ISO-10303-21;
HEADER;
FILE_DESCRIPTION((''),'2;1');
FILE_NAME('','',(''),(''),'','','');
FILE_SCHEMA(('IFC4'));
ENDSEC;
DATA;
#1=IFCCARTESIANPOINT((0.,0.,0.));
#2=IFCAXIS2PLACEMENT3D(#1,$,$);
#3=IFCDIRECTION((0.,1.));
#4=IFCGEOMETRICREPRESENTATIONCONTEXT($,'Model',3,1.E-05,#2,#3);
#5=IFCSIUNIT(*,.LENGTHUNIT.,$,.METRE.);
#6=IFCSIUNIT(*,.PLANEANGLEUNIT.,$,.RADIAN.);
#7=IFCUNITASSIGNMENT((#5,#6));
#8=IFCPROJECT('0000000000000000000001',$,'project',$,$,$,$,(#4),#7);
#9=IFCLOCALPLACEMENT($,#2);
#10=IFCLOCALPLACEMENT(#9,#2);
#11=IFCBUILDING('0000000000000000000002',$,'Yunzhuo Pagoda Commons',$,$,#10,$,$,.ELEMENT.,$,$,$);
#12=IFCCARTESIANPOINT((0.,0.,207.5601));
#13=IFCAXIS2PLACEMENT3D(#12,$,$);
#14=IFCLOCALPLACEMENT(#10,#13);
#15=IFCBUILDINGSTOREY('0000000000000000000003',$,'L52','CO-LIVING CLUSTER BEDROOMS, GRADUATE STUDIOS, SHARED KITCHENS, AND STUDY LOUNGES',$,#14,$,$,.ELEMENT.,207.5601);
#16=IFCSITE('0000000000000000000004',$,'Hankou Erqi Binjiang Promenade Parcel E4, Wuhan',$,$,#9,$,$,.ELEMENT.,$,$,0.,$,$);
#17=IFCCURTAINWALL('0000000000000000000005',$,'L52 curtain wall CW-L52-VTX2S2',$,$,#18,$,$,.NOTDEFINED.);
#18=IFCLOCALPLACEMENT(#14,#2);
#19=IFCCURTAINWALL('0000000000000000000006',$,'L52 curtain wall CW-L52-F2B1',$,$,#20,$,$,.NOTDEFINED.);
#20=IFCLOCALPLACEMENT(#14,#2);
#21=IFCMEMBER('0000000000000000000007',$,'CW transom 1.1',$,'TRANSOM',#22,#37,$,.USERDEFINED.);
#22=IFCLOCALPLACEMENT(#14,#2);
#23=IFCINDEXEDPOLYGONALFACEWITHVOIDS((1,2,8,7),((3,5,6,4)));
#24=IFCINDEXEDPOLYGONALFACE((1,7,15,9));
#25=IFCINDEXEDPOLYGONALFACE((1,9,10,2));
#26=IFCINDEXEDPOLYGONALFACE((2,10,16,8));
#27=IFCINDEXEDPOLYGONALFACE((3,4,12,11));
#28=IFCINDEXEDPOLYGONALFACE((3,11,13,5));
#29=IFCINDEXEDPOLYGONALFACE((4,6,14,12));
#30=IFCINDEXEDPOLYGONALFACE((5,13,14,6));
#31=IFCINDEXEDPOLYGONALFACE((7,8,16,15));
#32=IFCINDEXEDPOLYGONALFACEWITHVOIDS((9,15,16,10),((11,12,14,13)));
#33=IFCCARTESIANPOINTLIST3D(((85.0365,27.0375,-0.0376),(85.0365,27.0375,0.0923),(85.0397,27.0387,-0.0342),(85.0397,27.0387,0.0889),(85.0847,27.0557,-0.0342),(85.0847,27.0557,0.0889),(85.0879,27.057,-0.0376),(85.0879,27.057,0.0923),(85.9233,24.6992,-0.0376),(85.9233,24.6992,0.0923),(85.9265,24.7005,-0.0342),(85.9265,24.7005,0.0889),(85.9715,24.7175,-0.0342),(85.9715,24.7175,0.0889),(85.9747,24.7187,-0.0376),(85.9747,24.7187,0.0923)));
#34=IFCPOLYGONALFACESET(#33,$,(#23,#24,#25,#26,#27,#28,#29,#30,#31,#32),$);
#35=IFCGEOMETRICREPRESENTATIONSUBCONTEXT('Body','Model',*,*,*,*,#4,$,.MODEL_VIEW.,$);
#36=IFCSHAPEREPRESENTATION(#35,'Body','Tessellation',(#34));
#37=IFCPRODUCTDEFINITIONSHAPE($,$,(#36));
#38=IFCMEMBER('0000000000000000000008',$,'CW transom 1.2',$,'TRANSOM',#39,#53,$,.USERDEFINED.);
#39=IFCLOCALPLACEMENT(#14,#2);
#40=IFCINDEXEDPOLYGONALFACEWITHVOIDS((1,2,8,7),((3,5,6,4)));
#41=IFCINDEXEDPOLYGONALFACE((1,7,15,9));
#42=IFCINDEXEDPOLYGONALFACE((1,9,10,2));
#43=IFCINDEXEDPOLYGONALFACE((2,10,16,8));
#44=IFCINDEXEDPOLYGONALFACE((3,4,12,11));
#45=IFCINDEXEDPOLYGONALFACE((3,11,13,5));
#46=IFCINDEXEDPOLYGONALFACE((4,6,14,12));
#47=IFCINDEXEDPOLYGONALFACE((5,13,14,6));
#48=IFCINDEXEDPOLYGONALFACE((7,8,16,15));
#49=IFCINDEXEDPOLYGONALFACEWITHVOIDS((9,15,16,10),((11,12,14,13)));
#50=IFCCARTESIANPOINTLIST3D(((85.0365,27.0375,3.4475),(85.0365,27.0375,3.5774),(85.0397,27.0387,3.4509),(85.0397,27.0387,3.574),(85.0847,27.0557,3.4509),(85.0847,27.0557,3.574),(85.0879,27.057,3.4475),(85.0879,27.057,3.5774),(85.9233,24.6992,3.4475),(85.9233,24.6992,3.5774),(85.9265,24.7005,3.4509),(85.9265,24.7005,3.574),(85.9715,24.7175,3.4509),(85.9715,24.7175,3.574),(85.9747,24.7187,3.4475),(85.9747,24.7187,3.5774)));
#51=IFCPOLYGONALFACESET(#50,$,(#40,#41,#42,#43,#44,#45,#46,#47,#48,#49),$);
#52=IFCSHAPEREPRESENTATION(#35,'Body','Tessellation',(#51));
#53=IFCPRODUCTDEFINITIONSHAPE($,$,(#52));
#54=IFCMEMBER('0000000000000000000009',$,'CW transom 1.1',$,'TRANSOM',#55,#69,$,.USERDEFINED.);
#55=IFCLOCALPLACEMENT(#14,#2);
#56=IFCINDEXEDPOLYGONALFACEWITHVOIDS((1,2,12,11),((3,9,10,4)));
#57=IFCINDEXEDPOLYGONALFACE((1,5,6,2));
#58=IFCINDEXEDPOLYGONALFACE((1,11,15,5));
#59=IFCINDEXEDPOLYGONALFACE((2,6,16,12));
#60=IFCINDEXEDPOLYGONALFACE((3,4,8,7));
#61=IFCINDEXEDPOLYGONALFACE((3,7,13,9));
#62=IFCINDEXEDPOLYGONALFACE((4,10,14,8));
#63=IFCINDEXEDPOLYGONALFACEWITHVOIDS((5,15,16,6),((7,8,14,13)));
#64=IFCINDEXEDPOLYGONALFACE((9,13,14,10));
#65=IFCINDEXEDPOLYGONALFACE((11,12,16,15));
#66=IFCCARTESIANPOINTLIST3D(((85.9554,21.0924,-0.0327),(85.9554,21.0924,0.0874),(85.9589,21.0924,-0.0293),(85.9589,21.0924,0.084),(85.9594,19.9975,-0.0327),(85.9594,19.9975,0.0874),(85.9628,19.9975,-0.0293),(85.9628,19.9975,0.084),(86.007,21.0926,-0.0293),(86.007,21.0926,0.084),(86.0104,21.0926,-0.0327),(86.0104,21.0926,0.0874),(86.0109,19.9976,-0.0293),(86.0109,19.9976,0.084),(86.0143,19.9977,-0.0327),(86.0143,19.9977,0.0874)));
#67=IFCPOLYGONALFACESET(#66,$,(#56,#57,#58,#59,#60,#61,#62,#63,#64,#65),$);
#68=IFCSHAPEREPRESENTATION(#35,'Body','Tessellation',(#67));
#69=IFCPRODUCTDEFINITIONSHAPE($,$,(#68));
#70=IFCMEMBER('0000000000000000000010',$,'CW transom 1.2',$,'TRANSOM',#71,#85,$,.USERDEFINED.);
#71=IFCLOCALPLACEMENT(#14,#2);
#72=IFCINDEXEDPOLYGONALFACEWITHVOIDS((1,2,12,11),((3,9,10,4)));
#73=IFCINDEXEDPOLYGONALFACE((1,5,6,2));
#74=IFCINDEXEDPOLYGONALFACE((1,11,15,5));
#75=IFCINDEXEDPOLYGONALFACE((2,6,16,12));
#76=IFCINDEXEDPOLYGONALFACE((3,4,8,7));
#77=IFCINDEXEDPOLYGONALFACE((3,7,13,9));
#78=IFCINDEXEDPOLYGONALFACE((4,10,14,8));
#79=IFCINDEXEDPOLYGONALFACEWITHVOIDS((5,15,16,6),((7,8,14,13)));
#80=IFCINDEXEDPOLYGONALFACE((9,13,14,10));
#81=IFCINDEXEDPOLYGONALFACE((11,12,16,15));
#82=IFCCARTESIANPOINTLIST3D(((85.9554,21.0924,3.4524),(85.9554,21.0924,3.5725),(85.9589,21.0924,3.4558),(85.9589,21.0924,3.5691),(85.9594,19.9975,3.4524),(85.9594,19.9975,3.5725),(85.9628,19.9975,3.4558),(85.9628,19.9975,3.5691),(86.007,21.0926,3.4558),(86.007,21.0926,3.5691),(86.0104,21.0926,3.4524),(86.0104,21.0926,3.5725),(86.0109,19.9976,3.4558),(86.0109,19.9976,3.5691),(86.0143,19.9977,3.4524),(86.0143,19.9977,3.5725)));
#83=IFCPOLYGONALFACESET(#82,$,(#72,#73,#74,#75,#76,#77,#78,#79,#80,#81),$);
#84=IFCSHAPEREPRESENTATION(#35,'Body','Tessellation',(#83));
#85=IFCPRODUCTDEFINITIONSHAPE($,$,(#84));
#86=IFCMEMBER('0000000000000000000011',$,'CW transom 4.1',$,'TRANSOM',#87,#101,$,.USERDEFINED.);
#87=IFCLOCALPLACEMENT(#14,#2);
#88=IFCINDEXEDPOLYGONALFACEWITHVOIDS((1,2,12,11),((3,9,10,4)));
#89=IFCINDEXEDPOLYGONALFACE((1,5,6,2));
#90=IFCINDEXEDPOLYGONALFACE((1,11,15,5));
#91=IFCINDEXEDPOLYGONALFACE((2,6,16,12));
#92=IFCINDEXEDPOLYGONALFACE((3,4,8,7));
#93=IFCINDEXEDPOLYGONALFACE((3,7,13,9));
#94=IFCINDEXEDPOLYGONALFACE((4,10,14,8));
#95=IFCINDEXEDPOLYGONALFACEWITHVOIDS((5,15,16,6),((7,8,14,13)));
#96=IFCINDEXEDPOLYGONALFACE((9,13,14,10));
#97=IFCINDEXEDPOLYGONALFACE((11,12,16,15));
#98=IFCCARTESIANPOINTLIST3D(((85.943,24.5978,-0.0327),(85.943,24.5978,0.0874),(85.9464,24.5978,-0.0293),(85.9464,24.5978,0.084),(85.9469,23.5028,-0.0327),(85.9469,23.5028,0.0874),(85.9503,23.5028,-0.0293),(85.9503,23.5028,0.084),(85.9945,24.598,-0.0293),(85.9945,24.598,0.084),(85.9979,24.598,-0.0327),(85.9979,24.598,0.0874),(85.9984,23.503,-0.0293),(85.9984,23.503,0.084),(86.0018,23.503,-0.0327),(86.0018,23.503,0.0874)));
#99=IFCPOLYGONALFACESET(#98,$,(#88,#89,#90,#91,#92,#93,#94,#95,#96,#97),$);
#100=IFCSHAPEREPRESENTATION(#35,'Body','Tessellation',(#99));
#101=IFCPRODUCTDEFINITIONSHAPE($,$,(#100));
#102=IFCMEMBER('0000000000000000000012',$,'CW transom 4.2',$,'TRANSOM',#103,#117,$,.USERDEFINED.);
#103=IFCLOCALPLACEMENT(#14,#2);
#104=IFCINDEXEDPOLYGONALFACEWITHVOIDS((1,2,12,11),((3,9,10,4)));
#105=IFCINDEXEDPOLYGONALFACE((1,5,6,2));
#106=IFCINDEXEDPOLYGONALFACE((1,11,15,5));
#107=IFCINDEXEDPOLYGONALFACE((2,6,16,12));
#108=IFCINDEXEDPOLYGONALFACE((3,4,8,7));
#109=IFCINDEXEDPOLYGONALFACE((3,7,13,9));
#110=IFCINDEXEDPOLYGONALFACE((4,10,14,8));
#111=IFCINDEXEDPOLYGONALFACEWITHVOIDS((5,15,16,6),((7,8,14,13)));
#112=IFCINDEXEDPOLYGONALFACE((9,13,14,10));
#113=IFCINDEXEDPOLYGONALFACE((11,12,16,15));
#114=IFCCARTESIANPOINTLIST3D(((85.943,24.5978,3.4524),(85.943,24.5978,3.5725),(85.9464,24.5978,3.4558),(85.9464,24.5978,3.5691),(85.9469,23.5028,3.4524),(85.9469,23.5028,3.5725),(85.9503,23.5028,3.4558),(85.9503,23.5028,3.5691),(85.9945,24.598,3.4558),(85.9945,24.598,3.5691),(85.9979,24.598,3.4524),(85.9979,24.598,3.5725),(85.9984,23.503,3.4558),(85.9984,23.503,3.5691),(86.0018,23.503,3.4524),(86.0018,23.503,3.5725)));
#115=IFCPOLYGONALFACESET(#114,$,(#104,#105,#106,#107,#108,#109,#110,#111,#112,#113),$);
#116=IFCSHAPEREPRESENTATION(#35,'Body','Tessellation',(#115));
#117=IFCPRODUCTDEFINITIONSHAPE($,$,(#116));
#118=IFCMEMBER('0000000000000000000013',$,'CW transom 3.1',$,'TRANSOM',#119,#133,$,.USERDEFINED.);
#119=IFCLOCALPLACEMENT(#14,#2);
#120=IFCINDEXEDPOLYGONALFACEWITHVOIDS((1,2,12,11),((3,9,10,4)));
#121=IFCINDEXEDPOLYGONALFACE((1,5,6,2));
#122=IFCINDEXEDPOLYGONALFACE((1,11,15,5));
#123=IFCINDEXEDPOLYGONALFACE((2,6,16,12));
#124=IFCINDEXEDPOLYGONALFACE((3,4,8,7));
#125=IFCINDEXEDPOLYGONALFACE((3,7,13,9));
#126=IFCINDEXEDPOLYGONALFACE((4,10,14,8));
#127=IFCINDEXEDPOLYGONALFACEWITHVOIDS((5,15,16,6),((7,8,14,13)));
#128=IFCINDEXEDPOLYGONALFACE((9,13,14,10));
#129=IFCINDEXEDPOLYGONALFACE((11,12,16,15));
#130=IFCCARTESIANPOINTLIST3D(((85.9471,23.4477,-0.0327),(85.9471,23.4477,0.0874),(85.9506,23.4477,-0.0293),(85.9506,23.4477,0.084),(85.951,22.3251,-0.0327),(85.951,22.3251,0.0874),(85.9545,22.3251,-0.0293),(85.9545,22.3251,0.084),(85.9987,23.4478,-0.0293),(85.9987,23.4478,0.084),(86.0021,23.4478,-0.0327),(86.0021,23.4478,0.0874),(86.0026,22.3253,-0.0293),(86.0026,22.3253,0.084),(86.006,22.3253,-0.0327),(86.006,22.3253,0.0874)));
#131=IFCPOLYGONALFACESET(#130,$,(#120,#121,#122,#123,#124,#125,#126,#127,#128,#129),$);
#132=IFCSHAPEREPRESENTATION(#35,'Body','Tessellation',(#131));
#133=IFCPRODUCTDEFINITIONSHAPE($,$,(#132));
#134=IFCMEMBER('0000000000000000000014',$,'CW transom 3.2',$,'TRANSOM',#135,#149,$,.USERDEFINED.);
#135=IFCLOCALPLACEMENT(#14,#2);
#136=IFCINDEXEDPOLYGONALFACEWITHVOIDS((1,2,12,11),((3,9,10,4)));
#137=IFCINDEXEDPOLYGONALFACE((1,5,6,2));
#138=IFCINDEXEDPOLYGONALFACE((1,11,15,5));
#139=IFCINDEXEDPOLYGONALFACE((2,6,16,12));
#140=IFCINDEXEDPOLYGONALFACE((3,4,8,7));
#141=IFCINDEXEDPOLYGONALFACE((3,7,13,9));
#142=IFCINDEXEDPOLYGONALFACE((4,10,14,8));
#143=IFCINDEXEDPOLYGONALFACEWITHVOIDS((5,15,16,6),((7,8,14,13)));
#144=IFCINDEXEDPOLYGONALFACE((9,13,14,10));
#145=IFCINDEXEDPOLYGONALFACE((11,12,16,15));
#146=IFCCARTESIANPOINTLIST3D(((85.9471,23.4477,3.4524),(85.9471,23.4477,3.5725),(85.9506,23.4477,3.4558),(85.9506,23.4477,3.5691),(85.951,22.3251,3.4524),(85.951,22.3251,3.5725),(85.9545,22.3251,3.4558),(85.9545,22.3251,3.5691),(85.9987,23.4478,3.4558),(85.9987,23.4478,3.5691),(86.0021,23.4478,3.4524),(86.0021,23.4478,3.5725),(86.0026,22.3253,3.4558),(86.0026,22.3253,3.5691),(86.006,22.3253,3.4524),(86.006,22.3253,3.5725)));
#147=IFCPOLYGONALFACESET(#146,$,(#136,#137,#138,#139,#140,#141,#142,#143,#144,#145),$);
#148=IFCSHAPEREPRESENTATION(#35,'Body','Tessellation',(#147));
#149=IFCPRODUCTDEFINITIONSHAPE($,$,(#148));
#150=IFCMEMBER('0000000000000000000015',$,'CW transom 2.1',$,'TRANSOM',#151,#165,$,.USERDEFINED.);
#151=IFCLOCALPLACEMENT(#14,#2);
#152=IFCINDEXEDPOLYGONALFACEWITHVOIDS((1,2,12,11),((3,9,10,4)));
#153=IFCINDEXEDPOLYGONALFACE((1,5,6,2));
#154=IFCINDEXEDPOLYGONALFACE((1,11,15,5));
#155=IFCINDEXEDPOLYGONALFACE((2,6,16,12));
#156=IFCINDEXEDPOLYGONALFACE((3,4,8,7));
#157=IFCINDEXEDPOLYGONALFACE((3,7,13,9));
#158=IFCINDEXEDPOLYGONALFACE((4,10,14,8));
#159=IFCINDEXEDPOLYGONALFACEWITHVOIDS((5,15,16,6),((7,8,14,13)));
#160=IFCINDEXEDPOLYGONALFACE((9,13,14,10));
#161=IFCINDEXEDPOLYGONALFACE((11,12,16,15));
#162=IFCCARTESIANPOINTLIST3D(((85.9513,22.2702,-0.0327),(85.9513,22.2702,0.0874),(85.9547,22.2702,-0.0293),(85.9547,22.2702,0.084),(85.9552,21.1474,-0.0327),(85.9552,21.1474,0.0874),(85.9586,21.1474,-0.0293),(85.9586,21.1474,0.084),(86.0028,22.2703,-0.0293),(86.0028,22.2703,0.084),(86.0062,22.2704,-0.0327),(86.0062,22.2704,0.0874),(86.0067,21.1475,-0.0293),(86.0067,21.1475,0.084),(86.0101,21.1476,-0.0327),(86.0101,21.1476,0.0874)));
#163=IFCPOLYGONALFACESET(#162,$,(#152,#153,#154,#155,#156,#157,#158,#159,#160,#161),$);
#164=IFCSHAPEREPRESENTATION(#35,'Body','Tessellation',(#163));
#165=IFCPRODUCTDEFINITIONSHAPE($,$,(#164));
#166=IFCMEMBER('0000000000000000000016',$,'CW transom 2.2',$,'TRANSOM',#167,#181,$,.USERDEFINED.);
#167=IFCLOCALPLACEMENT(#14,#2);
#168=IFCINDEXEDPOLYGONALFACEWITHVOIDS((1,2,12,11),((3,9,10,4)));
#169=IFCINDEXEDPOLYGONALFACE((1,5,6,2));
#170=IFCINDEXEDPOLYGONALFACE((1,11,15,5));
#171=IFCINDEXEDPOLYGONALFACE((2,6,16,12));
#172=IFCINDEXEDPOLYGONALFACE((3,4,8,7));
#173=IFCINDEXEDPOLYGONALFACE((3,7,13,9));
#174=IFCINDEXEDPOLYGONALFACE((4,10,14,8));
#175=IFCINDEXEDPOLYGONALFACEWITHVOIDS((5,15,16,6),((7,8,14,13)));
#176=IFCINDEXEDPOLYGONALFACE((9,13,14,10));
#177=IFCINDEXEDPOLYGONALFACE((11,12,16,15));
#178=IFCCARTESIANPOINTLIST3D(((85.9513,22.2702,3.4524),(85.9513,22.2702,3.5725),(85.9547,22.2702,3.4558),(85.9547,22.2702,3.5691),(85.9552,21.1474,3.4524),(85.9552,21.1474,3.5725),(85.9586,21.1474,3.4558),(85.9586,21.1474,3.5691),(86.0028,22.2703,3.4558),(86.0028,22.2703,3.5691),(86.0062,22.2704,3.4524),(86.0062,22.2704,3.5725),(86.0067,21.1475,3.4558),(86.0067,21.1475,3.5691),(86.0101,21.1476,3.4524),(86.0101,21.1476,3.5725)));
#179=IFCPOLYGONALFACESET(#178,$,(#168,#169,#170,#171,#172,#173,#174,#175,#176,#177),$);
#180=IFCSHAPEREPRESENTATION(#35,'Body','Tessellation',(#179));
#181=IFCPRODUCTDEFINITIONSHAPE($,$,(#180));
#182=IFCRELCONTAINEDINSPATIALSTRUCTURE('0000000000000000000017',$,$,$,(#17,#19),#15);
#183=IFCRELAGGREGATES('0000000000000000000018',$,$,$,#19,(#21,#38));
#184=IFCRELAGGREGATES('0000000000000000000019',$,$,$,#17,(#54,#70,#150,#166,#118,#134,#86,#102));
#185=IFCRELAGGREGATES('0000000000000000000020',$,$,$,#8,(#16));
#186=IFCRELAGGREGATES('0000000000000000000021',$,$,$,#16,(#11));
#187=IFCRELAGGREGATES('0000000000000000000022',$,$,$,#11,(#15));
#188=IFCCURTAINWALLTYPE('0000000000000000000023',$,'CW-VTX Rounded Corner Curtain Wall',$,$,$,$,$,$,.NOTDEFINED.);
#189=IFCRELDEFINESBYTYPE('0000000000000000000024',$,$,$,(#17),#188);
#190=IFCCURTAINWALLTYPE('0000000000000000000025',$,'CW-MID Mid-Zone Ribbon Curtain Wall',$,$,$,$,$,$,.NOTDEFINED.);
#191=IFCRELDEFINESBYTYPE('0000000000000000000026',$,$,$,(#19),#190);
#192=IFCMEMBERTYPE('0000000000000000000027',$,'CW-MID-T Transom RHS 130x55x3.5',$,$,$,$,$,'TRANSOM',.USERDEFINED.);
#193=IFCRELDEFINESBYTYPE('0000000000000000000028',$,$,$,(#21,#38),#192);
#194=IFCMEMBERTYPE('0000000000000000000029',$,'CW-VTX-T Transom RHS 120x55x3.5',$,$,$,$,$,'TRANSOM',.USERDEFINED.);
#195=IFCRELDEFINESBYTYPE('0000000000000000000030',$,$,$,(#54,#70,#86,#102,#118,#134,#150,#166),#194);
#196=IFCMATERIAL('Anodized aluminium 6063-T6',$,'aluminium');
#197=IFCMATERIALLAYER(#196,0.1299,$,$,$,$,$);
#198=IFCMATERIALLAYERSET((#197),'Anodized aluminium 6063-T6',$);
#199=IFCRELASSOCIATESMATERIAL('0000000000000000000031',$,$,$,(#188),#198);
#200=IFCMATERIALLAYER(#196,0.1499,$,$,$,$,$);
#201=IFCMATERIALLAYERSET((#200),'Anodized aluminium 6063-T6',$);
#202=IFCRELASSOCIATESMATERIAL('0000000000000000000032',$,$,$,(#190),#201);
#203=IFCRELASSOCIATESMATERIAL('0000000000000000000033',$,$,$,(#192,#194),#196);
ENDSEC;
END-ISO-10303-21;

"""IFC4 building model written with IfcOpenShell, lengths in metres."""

from ifc_helpers import new_model, si_unit, direction, frame, origin, origin_2d, place, context, subcontext, project, spatial, hollow_rectangle, extrude, source, transform, mapped, material, layer, layer_set, material_profile, profile_set, type_object, element, aggregate, save


model = new_model("IFC4")

# Units and contexts
model_context = context("Model", 3, precision=1e-05, world=origin(), true_north=direction((0.0, 1.0)))
body_context = subcontext(model_context, "Body", "Model", "MODEL_VIEW")
ifc_project = project(units=[si_unit("LENGTHUNIT", "METRE"), si_unit("PLANEANGLEUNIT", "RADIAN")], contexts=[model_context])

# Site, building, storey
site_placement = place(None, origin())
site = spatial("IfcSite", under=ifc_project, at=site_placement, Name="Hankou Erqi Binjiang Promenade Parcel E4, Wuhan", CompositionType="ELEMENT", RefElevation=0.0)
building_placement = place(site_placement, origin())
building = spatial("IfcBuilding", under=site, at=building_placement, Name="Yunzhuo Pagoda Commons", CompositionType="ELEMENT")
storey_placement = place(building_placement, frame((0.0, 0.0, 207.5601)))
storey = spatial("IfcBuildingStorey", under=building, at=storey_placement, Name="L52", Description="CO-LIVING CLUSTER BEDROOMS, GRADUATE STUDIOS, SHARED KITCHENS, AND STUDY LOUNGES", CompositionType="ELEMENT", Elevation=207.5601)

# Shared definitions
ifc_material_1 = material(Name="Anodized aluminium 6063-T6", Category="aluminium")
ifc_layer_1 = layer(ifc_material_1, 0.1299)
ifc_layer_set_1 = layer_set([ifc_layer_1], Name="Anodized aluminium 6063-T6")
curtain_wall_type_1 = type_object("IfcCurtainWallType", Name="CW-VTX Rounded Corner Curtain Wall", PredefinedType="NOTDEFINED", material=ifc_layer_set_1)

# Curtain wall
curtain_wall_1_placement = place(storey_placement, origin())
curtain_wall_1 = element("IfcCurtainWall", 1, at=curtain_wall_1_placement, inside=storey, type_object=curtain_wall_type_1, Name="L52 curtain wall CW-L52-VTX2S2", PredefinedType="NOTDEFINED")

# Shared definitions
ifc_layer_2 = layer(ifc_material_1, 0.1499)
ifc_layer_set_2 = layer_set([ifc_layer_2], Name="Anodized aluminium 6063-T6")
curtain_wall_type_2 = type_object("IfcCurtainWallType", Name="CW-MID Mid-Zone Ribbon Curtain Wall", PredefinedType="NOTDEFINED", material=ifc_layer_set_2)

# Curtain wall, members
curtain_wall_2_placement = place(storey_placement, origin())
curtain_wall_2 = element("IfcCurtainWall", 2, at=curtain_wall_2_placement, inside=storey, type_object=curtain_wall_type_2, Name="L52 curtain wall CW-L52-F2B1", PredefinedType="NOTDEFINED")
ifc_material_profile_1 = material_profile(ifc_material_1, hollow_rectangle(XDim=0.0549, YDim=0.1299, WallThickness=0.0034, at=origin_2d()), Name="Anodized aluminium 6063-T6")
ifc_profile_set_1 = profile_set([ifc_material_profile_1], Name="Anodized aluminium 6063-T6")
member_type_1 = type_object("IfcMemberType", Name="CW-MID-T Transom RHS 130x55x3.5", ElementType="TRANSOM", PredefinedType="USERDEFINED", material=ifc_profile_set_1)
shared_shape_1 = source(origin(), body_context, "Body", "SweptSolid", [
    extrude(hollow_rectangle(XDim=0.0549, YDim=0.1299, WallThickness=0.0034, at=origin_2d()), origin(), (0.0, 0.0, 1.0), 2.5007),
])
member_1_placement = place(storey_placement, frame((85.949, 24.709, 0.0273), z_axis=(-0.354598, 0.935019, 0.0), x_axis=(-0.935019, -0.354598, 0.0)))
member_1 = element("IfcMember", 3, at=member_1_placement, type_object=member_type_1, Name="CW transom 1.1", ObjectType="TRANSOM", PredefinedType="USERDEFINED", context=body_context, shape_type="MappedRepresentation", body=[
    mapped(shared_shape_1, transform((0.0, 0.0, 0.0), scale=1.0)),
])
member_2_placement = place(storey_placement, frame((85.949, 24.709, 3.5125), z_axis=(-0.354598, 0.935019, 0.0), x_axis=(-0.935019, -0.354598, 0.0)))
member_2 = element("IfcMember", 4, at=member_2_placement, type_object=member_type_1, Name="CW transom 1.2", ObjectType="TRANSOM", PredefinedType="USERDEFINED", context=body_context, shape_type="MappedRepresentation", body=[
    mapped(shared_shape_1, transform((0.0, 0.0, 0.0), scale=1.0)),
])

# Members
ifc_material_profile_2 = material_profile(ifc_material_1, hollow_rectangle(XDim=0.0549, YDim=0.1201, WallThickness=0.0034, at=origin_2d()), Name="Anodized aluminium 6063-T6")
ifc_profile_set_2 = profile_set([ifc_material_profile_2], Name="Anodized aluminium 6063-T6")
member_type_2 = type_object("IfcMemberType", Name="CW-VTX-T Transom RHS 120x55x3.5", ElementType="TRANSOM", PredefinedType="USERDEFINED", material=ifc_profile_set_2)
shared_shape_2 = source(origin(), body_context, "Body", "SweptSolid", [
    extrude(hollow_rectangle(XDim=0.0549, YDim=0.1201, WallThickness=0.0034, at=origin_2d()), origin(), (0.0, 0.0, 1.0), 1.095),
])
member_3_placement = place(storey_placement, frame((85.9868, 19.9976, 0.0273), z_axis=(-0.003567, 0.999994, 0.0), x_axis=(-0.999994, -0.003567, 0.0)))
member_3 = element("IfcMember", 5, at=member_3_placement, type_object=member_type_2, Name="CW transom 1.1", ObjectType="TRANSOM", PredefinedType="USERDEFINED", context=body_context, shape_type="MappedRepresentation", body=[
    mapped(shared_shape_2, transform((0.0, 0.0, 0.0), scale=1.0)),
])
member_4_placement = place(storey_placement, frame((85.9868, 19.9976, 3.5125), z_axis=(-0.003567, 0.999994, 0.0), x_axis=(-0.999994, -0.003567, 0.0)))
member_4 = element("IfcMember", 6, at=member_4_placement, type_object=member_type_2, Name="CW transom 1.2", ObjectType="TRANSOM", PredefinedType="USERDEFINED", context=body_context, shape_type="MappedRepresentation", body=[
    mapped(shared_shape_2, transform((0.0, 0.0, 0.0), scale=1.0)),
])
member_5_placement = place(storey_placement, frame((85.9744, 23.5029, 0.0273), z_axis=(-0.003567, 0.999994, 0.0), x_axis=(-0.999994, -0.003567, 0.0)))
member_5 = element("IfcMember", 7, at=member_5_placement, type_object=member_type_2, Name="CW transom 4.1", ObjectType="TRANSOM", PredefinedType="USERDEFINED", context=body_context, shape_type="MappedRepresentation", body=[
    mapped(shared_shape_2, transform((0.0, 0.0, 0.0), scale=1.0)),
])
member_6_placement = place(storey_placement, frame((85.9744, 23.5029, 3.5125), z_axis=(-0.003567, 0.999994, 0.0), x_axis=(-0.999994, -0.003567, 0.0)))
member_6 = element("IfcMember", 8, at=member_6_placement, type_object=member_type_2, Name="CW transom 4.2", ObjectType="TRANSOM", PredefinedType="USERDEFINED", context=body_context, shape_type="MappedRepresentation", body=[
    mapped(shared_shape_2, transform((0.0, 0.0, 0.0), scale=1.0)),
])
shared_shape_3 = source(origin(), body_context, "Body", "SweptSolid", [
    extrude(hollow_rectangle(XDim=0.0549, YDim=0.1201, WallThickness=0.0034, at=origin_2d()), origin(), (0.0, 0.0, 1.0), 1.1226),
])
member_7_placement = place(storey_placement, frame((85.9785, 22.3252, 0.0273), z_axis=(-0.00348, 0.999994, 0.0), x_axis=(-0.999994, -0.00348, 0.0)))
member_7 = element("IfcMember", 9, at=member_7_placement, type_object=member_type_2, Name="CW transom 3.1", ObjectType="TRANSOM", PredefinedType="USERDEFINED", context=body_context, shape_type="MappedRepresentation", body=[
    mapped(shared_shape_3, transform((0.0, 0.0, 0.0), scale=1.0)),
])
member_8_placement = place(storey_placement, frame((85.9785, 22.3252, 3.5125), z_axis=(-0.00348, 0.999994, 0.0), x_axis=(-0.999994, -0.00348, 0.0)))
member_8 = element("IfcMember", 10, at=member_8_placement, type_object=member_type_2, Name="CW transom 3.2", ObjectType="TRANSOM", PredefinedType="USERDEFINED", context=body_context, shape_type="MappedRepresentation", body=[
    mapped(shared_shape_3, transform((0.0, 0.0, 0.0), scale=1.0)),
])
shared_shape_4 = source(origin(), body_context, "Body", "SweptSolid", [
    extrude(hollow_rectangle(XDim=0.0549, YDim=0.1201, WallThickness=0.0034, at=origin_2d()), origin(), (0.0, 0.0, 1.0), 1.1228),
])
member_9_placement = place(storey_placement, frame((85.9827, 21.1475, 0.0273), z_axis=(-0.003479, 0.999994, 0.0), x_axis=(-0.999994, -0.003479, 0.0)))
member_9 = element("IfcMember", 11, at=member_9_placement, type_object=member_type_2, Name="CW transom 2.1", ObjectType="TRANSOM", PredefinedType="USERDEFINED", context=body_context, shape_type="MappedRepresentation", body=[
    mapped(shared_shape_4, transform((0.0, 0.0, 0.0), scale=1.0)),
])
member_10_placement = place(storey_placement, frame((85.9827, 21.1475, 3.5125), z_axis=(-0.003479, 0.999994, 0.0), x_axis=(-0.999994, -0.003479, 0.0)))
member_10 = element("IfcMember", 12, at=member_10_placement, type_object=member_type_2, Name="CW transom 2.2", ObjectType="TRANSOM", PredefinedType="USERDEFINED", context=body_context, shape_type="MappedRepresentation", body=[
    mapped(shared_shape_4, transform((0.0, 0.0, 0.0), scale=1.0)),
])

aggregate(curtain_wall_2, [member_1, member_2])
aggregate(curtain_wall_1, [member_3, member_4, member_9, member_10, member_7, member_8, member_5, member_6])

save(model, "model.ifc")
